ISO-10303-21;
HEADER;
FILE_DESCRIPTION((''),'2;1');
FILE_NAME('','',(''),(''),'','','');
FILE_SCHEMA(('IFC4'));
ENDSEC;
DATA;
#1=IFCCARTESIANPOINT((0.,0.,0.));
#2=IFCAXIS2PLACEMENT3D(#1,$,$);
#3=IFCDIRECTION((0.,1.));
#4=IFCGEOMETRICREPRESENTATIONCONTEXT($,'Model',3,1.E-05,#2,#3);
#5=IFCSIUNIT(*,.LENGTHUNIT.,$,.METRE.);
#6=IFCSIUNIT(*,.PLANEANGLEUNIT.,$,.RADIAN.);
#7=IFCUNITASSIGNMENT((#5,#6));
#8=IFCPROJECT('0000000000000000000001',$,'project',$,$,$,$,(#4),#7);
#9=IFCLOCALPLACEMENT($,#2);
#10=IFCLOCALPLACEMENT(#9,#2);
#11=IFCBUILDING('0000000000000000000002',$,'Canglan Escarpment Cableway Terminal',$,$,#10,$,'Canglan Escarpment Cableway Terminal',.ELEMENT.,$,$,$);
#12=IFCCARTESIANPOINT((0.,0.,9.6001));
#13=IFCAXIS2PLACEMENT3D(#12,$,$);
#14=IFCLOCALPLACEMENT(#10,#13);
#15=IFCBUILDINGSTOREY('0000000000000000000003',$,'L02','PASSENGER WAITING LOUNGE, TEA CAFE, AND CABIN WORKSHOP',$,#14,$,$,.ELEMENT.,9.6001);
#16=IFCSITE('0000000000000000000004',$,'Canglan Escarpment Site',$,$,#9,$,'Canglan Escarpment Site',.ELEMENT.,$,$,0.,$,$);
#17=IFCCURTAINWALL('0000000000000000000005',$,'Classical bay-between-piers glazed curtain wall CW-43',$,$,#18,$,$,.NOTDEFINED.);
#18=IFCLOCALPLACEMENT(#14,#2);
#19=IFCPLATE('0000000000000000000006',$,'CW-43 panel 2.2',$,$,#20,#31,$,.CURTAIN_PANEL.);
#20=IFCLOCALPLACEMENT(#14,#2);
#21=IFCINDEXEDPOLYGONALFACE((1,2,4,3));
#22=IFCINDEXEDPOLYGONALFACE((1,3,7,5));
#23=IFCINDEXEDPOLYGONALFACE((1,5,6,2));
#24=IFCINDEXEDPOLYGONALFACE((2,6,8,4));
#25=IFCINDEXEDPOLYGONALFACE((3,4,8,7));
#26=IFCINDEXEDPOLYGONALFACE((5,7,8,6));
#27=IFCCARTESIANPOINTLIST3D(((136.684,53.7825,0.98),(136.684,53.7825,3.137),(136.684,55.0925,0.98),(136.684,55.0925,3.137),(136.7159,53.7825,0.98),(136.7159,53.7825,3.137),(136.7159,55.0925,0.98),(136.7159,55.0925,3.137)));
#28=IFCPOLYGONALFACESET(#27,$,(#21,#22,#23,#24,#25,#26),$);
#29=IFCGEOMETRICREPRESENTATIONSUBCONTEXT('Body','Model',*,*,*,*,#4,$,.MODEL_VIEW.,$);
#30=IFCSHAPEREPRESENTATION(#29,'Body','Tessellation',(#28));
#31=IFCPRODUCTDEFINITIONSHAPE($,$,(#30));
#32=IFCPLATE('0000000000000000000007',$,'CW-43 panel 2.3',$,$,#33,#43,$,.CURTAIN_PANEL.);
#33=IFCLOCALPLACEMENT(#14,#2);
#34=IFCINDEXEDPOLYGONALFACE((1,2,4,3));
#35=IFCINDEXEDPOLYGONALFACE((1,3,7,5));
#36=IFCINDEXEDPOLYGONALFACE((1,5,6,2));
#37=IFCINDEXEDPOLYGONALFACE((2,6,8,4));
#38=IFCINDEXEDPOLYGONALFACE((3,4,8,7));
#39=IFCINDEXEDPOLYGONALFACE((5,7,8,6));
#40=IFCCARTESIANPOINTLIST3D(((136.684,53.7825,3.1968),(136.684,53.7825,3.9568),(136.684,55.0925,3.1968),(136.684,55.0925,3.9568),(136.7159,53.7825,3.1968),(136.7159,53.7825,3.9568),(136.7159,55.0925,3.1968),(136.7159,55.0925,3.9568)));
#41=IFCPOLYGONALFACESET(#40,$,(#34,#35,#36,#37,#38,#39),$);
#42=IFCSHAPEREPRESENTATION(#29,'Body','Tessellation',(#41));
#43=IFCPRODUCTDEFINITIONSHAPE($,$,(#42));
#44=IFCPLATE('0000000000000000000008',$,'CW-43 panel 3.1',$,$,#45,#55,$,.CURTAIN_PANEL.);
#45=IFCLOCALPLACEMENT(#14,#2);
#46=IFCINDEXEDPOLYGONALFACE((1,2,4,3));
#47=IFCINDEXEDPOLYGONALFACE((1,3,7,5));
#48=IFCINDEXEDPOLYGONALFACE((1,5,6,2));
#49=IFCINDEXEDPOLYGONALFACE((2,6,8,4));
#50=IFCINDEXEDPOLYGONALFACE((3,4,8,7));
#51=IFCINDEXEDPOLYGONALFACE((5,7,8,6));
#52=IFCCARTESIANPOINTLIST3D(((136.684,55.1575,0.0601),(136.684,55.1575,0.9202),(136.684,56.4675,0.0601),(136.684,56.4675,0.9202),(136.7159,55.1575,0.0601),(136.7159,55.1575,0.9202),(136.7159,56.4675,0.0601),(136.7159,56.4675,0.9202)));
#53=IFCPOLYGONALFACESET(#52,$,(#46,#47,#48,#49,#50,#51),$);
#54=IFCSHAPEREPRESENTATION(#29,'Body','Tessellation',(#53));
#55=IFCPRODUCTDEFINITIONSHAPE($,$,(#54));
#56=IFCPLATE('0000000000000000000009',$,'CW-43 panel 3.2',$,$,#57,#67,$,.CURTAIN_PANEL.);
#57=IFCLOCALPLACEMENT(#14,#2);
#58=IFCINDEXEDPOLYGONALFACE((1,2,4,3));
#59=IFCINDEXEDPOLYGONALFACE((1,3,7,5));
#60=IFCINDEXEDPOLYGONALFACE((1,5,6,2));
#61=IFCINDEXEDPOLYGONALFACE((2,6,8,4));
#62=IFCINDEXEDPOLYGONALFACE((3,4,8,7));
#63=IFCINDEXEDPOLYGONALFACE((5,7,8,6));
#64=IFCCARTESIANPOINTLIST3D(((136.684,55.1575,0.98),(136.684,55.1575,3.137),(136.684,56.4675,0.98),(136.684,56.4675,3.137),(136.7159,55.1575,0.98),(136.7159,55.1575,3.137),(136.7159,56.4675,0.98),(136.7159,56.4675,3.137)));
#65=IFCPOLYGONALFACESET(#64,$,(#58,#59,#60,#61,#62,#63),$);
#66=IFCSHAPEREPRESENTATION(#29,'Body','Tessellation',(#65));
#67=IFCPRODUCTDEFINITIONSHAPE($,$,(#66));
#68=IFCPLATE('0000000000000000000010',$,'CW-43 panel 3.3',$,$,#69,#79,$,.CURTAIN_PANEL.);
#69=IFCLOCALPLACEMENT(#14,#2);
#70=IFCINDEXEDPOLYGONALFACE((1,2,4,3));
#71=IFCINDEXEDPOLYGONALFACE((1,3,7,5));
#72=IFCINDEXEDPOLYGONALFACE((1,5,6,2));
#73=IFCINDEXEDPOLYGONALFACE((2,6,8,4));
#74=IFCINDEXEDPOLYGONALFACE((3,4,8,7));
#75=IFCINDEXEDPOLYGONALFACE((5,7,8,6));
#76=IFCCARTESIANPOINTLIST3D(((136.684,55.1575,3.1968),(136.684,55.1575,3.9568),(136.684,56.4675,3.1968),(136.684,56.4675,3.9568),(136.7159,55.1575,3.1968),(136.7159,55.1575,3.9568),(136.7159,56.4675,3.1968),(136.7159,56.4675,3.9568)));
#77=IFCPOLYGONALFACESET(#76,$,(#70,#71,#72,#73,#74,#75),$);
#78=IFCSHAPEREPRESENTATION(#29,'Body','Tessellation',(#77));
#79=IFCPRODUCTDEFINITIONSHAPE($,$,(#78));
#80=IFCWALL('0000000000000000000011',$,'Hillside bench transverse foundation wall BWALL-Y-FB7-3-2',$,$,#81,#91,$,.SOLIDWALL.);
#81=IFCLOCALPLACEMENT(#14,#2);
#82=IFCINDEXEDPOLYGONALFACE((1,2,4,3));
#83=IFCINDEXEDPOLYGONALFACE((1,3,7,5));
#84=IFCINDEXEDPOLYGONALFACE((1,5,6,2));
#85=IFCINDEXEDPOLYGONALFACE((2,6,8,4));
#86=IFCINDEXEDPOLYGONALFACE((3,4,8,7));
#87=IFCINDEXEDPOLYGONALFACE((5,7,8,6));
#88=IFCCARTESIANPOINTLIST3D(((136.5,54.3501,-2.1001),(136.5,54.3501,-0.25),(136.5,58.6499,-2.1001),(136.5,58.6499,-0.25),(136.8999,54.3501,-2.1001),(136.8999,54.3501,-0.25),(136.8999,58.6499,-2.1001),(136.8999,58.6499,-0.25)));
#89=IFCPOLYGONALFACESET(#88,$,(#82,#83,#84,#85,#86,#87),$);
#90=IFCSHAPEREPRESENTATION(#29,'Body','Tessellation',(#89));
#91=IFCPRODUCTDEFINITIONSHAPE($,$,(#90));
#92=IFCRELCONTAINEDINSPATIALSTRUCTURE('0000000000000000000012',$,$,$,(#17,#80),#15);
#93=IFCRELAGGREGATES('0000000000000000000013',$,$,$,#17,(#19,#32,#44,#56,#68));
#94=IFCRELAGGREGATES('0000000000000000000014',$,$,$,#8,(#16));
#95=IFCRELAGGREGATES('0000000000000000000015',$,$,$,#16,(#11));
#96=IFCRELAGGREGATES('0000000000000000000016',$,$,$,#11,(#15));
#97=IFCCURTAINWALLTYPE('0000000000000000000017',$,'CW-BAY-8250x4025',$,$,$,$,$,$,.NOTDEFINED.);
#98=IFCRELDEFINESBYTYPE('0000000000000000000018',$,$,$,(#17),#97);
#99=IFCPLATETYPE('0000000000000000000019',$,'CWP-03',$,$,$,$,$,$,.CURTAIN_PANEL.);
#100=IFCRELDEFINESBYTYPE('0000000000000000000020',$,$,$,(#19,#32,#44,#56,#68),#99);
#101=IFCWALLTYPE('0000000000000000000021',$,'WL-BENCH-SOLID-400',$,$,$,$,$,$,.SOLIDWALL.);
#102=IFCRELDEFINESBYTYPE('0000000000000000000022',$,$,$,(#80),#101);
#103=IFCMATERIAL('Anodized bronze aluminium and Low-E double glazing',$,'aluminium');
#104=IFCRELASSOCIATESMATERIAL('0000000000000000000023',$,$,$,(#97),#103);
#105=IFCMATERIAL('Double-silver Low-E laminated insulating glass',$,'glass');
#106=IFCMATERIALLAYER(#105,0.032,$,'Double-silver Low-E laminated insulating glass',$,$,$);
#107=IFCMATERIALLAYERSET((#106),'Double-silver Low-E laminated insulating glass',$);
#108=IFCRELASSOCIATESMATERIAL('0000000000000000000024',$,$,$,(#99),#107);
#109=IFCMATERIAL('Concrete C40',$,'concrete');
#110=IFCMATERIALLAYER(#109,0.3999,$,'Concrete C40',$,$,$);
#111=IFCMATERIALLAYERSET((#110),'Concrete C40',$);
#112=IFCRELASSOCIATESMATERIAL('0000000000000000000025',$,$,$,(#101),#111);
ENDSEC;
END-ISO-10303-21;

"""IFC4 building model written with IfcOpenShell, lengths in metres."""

from ifc_helpers import new_model, si_unit, direction, frame, frame_2d, origin, origin_2d, place, context, subcontext, project, spatial, rectangle, extrude, material, layer, layer_set, type_object, element, aggregate, save


model = new_model("IFC4")

# Units and contexts
model_context = context("Model", 3, precision=1e-05, world=origin(), true_north=direction((0.0, 1.0)))
body_context = subcontext(model_context, "Body", "Model", "MODEL_VIEW")
ifc_project = project(units=[si_unit("LENGTHUNIT", "METRE"), si_unit("PLANEANGLEUNIT", "RADIAN")], contexts=[model_context])

# Site, building, storey
site_placement = place(None, origin())
site = spatial("IfcSite", under=ifc_project, at=site_placement, Name="Canglan Escarpment Site", LongName="Canglan Escarpment Site", CompositionType="ELEMENT", RefElevation=0.0)
building_placement = place(site_placement, origin())
building = spatial("IfcBuilding", under=site, at=building_placement, Name="Canglan Escarpment Cableway Terminal", LongName="Canglan Escarpment Cableway Terminal", CompositionType="ELEMENT")
storey_placement = place(building_placement, frame((0.0, 0.0, 9.6001)))
storey = spatial("IfcBuildingStorey", under=building, at=storey_placement, Name="L02", Description="PASSENGER WAITING LOUNGE, TEA CAFE, AND CABIN WORKSHOP", CompositionType="ELEMENT", Elevation=9.6001)

# Shared definitions
ifc_material_1 = material(Name="Concrete C40", Category="concrete")

# Curtain wall, plates
ifc_material_2 = material(Name="Anodized bronze aluminium and Low-E double glazing", Category="aluminium")
curtain_wall_type = type_object("IfcCurtainWallType", Name="CW-BAY-8250x4025", PredefinedType="NOTDEFINED", material=ifc_material_2)
curtain_wall_placement = place(storey_placement, origin())
curtain_wall = element("IfcCurtainWall", 1, at=curtain_wall_placement, inside=storey, type_object=curtain_wall_type, Name="Classical bay-between-piers glazed curtain wall CW-43", PredefinedType="NOTDEFINED")
ifc_material_3 = material(Name="Double-silver Low-E laminated insulating glass", Category="glass")
ifc_layer_1 = layer(ifc_material_3, 0.032, Name="Double-silver Low-E laminated insulating glass")
ifc_layer_set_1 = layer_set([ifc_layer_1], Name="Double-silver Low-E laminated insulating glass")
plate_type = type_object("IfcPlateType", Name="CWP-03", PredefinedType="CURTAIN_PANEL", material=ifc_layer_set_1)
plate_1_placement = place(storey_placement, frame((136.7, 54.4375, 0.98), z_axis=(0.0, 0.0, 1.0), x_axis=(0.0, 1.0, 0.0)))
plate_1 = element("IfcPlate", 2, at=plate_1_placement, type_object=plate_type, Name="CW-43 panel 2.2", PredefinedType="CURTAIN_PANEL", context=body_context, shape_type="SweptSolid", body=[
    extrude(rectangle(XDim=1.3101, YDim=0.032, at=origin_2d()), origin(), (0.0, 0.0, 1.0), 2.157),
])
plate_2_placement = place(storey_placement, frame((136.7, 54.4375, 3.1968), z_axis=(0.0, 0.0, 1.0), x_axis=(0.0, 1.0, 0.0)))
plate_2 = element("IfcPlate", 3, at=plate_2_placement, type_object=plate_type, Name="CW-43 panel 2.3", PredefinedType="CURTAIN_PANEL", context=body_context, shape_type="SweptSolid", body=[
    extrude(rectangle(XDim=1.3101, YDim=0.032, at=origin_2d()), origin(), (0.0, 0.0, 1.0), 0.76),
])
plate_3_placement = place(storey_placement, frame((136.7, 55.8125, 0.0601), z_axis=(0.0, 0.0, 1.0), x_axis=(0.0, 1.0, 0.0)))
plate_3 = element("IfcPlate", 4, at=plate_3_placement, type_object=plate_type, Name="CW-43 panel 3.1", PredefinedType="CURTAIN_PANEL", context=body_context, shape_type="SweptSolid", body=[
    extrude(rectangle(XDim=1.3101, YDim=0.032, at=origin_2d()), origin(), (0.0, 0.0, 1.0), 0.8601),
])
plate_4_placement = place(storey_placement, frame((136.7, 55.8125, 0.98), z_axis=(0.0, 0.0, 1.0), x_axis=(0.0, 1.0, 0.0)))
plate_4 = element("IfcPlate", 5, at=plate_4_placement, type_object=plate_type, Name="CW-43 panel 3.2", PredefinedType="CURTAIN_PANEL", context=body_context, shape_type="SweptSolid", body=[
    extrude(rectangle(XDim=1.3101, YDim=0.032, at=origin_2d()), origin(), (0.0, 0.0, 1.0), 2.157),
])
plate_5_placement = place(storey_placement, frame((136.7, 55.8125, 3.1968), z_axis=(0.0, 0.0, 1.0), x_axis=(0.0, 1.0, 0.0)))
plate_5 = element("IfcPlate", 6, at=plate_5_placement, type_object=plate_type, Name="CW-43 panel 3.3", PredefinedType="CURTAIN_PANEL", context=body_context, shape_type="SweptSolid", body=[
    extrude(rectangle(XDim=1.3101, YDim=0.032, at=origin_2d()), origin(), (0.0, 0.0, 1.0), 0.76),
])
aggregate(curtain_wall, [plate_1, plate_2, plate_3, plate_4, plate_5])

# Wall
ifc_layer_2 = layer(ifc_material_1, 0.3999, Name="Concrete C40")
ifc_layer_set_2 = layer_set([ifc_layer_2], Name="Concrete C40")
wall_type = type_object("IfcWallType", Name="WL-BENCH-SOLID-400", PredefinedType="SOLIDWALL", material=ifc_layer_set_2)
wall_placement = place(storey_placement, frame((136.7, 54.3501, -2.1001), z_axis=(0.0, 0.0, 1.0), x_axis=(0.0, 1.0, 0.0)))
element("IfcWall", 7, at=wall_placement, inside=storey, type_object=wall_type, Name="Hillside bench transverse foundation wall BWALL-Y-FB7-3-2", PredefinedType="SOLIDWALL", context=body_context, shape_type="SweptSolid", body=[
    extrude(rectangle(XDim=4.2998, YDim=0.3999, at=frame_2d((2.1499, 0.0))), origin(), (0.0, 0.0, 1.0), 1.8501),
])

save(model, "model.ifc")
